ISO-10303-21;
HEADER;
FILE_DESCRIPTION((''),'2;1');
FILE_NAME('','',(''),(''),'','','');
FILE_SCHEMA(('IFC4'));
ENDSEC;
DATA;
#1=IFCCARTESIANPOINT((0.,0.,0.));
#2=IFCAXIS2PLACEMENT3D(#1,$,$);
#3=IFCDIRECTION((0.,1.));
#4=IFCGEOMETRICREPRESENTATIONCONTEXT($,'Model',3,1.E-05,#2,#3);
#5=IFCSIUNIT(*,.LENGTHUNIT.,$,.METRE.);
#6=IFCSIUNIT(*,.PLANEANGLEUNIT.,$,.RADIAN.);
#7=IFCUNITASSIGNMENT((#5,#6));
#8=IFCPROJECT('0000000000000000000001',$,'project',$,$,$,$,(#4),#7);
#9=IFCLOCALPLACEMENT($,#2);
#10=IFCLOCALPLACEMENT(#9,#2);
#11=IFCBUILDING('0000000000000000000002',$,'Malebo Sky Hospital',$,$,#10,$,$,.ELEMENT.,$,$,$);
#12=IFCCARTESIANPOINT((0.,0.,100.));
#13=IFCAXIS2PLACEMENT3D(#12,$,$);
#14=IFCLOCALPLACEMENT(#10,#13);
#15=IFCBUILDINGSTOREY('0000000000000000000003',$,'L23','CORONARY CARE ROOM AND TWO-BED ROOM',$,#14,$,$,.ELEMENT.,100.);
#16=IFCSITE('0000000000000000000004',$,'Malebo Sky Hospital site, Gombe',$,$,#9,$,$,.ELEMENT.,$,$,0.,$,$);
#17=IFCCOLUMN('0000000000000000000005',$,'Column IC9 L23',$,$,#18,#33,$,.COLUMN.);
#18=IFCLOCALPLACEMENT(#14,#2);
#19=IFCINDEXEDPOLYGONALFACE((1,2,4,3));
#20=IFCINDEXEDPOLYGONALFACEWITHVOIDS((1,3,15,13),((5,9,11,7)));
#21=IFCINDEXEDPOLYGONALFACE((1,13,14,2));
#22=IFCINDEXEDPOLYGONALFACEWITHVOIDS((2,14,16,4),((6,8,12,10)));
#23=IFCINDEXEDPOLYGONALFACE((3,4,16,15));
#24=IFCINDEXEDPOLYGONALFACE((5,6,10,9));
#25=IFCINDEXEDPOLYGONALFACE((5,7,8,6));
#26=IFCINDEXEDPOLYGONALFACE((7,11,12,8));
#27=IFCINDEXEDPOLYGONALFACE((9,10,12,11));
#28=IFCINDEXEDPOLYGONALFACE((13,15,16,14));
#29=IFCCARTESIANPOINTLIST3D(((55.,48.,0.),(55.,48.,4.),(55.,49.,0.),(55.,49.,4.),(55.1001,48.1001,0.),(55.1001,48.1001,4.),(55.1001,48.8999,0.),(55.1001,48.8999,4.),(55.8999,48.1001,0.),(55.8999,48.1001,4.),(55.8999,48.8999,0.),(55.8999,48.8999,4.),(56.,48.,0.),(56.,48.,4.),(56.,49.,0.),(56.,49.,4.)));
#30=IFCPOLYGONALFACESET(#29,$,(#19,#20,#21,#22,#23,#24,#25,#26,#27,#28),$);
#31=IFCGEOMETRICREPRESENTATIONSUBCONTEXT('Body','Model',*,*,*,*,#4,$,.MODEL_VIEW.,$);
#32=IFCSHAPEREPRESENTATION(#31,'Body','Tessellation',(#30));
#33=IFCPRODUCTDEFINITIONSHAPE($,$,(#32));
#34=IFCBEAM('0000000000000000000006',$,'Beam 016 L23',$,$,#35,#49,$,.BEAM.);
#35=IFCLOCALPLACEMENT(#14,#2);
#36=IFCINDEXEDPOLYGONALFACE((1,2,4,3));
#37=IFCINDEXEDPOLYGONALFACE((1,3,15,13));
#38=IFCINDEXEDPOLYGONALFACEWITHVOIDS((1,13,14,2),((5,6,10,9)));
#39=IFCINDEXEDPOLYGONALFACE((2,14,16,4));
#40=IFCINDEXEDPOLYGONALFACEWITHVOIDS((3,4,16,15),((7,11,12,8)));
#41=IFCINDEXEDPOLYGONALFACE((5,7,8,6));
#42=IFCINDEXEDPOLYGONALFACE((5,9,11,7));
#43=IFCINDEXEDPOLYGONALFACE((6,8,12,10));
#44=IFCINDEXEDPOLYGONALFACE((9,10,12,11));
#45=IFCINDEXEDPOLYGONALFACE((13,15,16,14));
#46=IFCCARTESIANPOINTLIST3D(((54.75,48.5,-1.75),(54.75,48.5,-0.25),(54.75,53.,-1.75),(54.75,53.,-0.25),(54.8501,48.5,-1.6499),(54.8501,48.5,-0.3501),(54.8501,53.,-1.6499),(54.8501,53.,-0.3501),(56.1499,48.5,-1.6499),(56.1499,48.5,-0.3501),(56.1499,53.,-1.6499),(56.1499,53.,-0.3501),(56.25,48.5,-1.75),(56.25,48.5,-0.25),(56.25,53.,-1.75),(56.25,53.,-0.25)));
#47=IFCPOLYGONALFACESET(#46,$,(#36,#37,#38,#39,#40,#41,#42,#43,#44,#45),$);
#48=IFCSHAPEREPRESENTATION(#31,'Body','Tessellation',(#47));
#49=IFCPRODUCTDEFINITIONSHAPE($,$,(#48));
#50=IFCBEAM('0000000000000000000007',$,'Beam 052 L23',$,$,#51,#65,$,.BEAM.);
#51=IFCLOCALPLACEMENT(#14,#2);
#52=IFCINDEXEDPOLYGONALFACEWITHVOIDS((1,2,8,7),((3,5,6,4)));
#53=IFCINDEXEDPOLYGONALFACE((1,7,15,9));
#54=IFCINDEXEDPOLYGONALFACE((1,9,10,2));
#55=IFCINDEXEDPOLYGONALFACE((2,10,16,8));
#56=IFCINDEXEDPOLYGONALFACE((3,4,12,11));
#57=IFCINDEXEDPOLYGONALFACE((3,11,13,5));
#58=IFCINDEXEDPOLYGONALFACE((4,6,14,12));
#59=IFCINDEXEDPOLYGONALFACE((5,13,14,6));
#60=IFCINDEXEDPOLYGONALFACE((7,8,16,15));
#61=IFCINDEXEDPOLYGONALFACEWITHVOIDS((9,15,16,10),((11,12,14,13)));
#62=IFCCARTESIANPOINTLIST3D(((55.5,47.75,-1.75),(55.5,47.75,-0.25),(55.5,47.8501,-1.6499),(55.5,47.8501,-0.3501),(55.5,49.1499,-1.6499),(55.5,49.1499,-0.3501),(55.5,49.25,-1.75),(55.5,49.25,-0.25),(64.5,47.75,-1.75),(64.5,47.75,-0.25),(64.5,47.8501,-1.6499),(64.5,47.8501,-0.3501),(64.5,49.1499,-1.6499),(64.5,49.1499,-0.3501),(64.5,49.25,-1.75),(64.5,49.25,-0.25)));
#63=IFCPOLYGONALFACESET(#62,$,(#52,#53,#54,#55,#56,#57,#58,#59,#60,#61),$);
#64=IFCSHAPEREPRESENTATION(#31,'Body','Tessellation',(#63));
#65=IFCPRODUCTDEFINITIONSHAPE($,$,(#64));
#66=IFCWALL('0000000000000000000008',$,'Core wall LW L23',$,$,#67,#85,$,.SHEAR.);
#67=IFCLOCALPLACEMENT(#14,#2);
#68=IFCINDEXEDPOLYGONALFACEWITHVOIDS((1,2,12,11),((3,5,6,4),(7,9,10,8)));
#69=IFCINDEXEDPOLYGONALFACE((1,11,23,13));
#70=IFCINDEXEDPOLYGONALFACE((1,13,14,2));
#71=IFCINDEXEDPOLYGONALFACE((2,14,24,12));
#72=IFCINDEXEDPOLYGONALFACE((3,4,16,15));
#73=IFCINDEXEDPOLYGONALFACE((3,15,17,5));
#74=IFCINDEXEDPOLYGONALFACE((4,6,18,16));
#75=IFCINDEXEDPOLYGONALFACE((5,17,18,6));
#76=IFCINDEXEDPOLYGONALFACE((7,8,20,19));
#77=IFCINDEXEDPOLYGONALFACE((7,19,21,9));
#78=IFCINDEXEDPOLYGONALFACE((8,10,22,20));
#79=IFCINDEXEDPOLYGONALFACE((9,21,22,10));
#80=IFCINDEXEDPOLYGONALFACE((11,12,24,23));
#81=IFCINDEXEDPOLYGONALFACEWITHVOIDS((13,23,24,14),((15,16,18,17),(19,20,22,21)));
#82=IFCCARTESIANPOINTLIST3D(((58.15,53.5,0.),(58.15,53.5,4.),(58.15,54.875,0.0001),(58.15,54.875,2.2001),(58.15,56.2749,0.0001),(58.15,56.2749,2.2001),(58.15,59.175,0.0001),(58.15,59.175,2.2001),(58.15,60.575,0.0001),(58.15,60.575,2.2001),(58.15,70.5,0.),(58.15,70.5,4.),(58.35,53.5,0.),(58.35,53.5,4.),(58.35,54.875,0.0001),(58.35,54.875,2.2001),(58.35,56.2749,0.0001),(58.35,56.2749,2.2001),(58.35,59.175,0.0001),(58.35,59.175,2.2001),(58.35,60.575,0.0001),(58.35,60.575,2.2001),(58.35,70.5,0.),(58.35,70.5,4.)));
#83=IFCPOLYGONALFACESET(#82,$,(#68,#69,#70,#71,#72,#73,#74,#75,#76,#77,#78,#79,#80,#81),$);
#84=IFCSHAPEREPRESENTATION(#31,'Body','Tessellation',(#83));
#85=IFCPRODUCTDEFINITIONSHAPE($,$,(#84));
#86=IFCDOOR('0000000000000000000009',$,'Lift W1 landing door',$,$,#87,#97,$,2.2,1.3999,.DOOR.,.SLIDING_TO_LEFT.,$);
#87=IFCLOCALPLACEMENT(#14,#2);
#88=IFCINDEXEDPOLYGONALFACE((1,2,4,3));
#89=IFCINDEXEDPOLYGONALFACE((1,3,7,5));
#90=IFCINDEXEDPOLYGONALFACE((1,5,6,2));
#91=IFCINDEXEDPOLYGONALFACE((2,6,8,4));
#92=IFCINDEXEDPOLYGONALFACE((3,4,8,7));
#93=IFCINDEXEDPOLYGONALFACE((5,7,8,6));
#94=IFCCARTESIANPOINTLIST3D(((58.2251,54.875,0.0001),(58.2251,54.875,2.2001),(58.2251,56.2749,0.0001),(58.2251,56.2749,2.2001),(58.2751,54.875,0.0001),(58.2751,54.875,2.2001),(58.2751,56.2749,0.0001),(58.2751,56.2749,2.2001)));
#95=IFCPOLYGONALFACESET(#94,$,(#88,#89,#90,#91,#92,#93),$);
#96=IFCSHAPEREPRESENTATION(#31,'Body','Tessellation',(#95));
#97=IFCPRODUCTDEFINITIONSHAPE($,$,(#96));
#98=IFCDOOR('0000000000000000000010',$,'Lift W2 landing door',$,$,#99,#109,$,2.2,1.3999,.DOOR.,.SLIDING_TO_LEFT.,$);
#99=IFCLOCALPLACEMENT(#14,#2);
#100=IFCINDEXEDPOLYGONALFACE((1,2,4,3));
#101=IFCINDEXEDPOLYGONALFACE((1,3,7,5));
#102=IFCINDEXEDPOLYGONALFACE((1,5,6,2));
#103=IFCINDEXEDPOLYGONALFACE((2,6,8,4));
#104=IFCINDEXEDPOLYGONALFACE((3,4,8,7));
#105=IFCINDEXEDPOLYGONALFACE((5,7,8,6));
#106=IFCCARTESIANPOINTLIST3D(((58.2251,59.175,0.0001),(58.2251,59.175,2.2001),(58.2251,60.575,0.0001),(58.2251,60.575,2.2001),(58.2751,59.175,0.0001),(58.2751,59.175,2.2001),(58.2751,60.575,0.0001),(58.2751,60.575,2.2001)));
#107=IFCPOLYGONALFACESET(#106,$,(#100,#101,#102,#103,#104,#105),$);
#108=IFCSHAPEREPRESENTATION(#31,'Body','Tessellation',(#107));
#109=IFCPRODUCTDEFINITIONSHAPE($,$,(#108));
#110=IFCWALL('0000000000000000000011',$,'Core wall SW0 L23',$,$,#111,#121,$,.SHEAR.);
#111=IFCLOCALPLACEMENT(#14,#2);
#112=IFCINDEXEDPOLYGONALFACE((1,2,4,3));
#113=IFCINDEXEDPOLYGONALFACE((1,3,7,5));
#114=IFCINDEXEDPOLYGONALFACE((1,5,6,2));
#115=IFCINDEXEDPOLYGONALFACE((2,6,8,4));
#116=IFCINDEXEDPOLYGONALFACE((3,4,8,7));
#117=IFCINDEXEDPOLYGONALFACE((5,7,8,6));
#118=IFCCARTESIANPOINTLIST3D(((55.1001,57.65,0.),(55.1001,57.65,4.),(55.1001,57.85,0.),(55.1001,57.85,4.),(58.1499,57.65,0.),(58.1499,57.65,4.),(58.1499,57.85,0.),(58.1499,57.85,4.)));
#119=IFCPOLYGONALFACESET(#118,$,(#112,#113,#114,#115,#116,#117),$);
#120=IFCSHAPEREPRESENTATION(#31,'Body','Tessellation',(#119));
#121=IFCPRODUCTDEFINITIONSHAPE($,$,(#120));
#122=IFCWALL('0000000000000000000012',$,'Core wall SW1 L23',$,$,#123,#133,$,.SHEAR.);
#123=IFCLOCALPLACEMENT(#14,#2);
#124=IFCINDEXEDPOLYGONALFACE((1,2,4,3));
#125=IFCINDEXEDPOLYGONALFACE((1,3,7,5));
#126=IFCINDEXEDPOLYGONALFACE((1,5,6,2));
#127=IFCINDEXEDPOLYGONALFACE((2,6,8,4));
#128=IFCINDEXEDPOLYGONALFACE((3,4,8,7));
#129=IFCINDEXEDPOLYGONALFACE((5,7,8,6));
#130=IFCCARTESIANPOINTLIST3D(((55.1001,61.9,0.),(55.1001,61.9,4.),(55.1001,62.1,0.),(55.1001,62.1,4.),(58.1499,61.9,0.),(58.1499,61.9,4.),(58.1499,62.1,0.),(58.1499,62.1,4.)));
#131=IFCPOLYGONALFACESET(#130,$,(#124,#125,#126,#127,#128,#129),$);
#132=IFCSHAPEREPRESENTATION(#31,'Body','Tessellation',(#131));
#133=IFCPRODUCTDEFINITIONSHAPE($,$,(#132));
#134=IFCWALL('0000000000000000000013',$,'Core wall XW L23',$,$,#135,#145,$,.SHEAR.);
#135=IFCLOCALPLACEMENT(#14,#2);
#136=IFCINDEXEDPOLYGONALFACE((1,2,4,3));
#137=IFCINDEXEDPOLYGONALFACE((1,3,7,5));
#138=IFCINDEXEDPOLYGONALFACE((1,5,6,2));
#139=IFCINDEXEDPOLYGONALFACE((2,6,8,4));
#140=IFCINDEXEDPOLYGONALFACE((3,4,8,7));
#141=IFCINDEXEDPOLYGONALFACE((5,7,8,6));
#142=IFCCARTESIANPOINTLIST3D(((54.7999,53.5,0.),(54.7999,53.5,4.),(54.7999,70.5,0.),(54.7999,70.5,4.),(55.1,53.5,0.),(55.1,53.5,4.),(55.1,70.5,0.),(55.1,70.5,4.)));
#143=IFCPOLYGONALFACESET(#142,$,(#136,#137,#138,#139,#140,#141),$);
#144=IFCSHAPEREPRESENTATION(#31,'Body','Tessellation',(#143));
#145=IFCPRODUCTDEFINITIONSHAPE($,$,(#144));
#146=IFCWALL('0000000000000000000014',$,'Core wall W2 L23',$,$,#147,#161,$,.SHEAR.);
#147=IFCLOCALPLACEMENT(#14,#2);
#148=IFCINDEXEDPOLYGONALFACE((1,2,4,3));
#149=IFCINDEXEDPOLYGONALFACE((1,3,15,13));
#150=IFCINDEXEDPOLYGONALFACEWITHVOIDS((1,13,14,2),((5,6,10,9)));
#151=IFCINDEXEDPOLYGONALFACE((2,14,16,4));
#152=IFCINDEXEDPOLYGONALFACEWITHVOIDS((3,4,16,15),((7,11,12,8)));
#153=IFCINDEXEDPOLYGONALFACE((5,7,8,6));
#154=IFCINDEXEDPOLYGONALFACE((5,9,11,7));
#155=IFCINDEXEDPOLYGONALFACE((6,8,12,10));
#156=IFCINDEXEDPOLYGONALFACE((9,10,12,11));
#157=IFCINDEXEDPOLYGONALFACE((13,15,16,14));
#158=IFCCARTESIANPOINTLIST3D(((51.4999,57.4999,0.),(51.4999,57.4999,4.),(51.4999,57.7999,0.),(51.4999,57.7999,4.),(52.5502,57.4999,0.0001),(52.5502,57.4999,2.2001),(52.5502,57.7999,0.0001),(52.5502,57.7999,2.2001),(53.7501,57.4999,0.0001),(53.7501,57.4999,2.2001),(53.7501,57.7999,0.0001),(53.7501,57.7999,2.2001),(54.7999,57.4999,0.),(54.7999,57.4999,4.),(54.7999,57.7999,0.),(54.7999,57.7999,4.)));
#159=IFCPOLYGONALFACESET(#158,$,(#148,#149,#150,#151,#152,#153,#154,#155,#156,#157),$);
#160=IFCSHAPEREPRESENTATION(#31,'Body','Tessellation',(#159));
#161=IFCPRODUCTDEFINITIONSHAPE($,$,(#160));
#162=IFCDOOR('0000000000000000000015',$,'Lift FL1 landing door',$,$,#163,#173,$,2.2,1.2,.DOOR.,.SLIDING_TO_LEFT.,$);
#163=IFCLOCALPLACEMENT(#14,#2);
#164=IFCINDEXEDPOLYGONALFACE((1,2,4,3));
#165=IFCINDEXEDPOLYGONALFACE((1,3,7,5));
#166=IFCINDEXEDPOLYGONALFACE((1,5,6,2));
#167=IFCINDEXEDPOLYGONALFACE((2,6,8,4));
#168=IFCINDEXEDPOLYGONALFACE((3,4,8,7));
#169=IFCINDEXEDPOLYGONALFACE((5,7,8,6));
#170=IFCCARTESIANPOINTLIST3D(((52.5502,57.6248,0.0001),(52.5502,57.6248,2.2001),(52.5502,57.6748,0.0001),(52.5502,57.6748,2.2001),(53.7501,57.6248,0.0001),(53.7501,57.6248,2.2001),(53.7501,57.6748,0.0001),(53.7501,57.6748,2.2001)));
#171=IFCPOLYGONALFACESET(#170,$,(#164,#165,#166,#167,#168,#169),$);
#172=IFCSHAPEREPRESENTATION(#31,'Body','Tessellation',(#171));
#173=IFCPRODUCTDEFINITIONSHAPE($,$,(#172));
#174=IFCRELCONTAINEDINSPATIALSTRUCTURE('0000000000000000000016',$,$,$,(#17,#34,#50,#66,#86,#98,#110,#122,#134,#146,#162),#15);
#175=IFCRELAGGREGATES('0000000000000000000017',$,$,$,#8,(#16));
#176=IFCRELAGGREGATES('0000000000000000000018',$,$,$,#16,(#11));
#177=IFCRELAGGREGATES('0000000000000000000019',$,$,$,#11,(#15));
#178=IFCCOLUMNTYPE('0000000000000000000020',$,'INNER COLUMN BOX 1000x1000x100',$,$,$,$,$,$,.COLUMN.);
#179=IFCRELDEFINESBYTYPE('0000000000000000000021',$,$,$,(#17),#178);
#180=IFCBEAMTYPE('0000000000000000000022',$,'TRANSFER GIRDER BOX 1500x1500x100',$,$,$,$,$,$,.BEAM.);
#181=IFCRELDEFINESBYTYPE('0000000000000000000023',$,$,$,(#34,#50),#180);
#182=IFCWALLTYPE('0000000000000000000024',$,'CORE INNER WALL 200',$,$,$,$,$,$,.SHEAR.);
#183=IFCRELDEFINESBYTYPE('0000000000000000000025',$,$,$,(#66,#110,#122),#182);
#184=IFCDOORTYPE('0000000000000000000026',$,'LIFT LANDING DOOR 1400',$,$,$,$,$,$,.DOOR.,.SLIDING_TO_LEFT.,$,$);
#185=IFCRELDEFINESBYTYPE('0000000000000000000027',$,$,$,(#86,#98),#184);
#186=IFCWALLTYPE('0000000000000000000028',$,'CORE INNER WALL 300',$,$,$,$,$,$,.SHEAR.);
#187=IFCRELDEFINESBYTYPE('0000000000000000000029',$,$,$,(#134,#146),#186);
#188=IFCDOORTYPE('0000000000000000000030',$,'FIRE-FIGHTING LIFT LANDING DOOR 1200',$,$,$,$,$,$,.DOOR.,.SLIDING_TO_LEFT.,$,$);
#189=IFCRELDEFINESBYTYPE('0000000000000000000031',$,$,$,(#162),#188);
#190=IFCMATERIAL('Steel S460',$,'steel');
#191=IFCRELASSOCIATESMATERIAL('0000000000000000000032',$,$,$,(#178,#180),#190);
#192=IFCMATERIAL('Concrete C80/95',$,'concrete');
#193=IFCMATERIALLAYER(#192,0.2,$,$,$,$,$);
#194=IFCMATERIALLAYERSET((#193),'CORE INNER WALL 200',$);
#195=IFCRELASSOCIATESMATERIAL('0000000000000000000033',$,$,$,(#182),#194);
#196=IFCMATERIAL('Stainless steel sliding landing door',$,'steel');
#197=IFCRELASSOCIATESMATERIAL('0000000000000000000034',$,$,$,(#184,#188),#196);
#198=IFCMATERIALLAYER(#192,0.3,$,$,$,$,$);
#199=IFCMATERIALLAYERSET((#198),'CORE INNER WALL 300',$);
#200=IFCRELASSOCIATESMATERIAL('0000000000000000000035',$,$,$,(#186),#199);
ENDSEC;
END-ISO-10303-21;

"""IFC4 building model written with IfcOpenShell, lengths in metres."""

from ifc_helpers import new_model, si_unit, direction, frame, frame_2d, origin, origin_2d, place, context, subcontext, project, spatial, rectangle, hollow_rectangle, extrude, material, layer, layer_set, material_profile, profile_set, type_object, element, fill, save


model = new_model("IFC4")

# Units and contexts
model_context = context("Model", 3, precision=1e-05, world=origin(), true_north=direction((0.0, 1.0)))
body_context = subcontext(model_context, "Body", "Model", "MODEL_VIEW")
ifc_project = project(units=[si_unit("LENGTHUNIT", "METRE"), si_unit("PLANEANGLEUNIT", "RADIAN")], contexts=[model_context])

# Site, building, storey
site_placement = place(None, origin())
site = spatial("IfcSite", under=ifc_project, at=site_placement, Name="Malebo Sky Hospital site, Gombe", CompositionType="ELEMENT", RefElevation=0.0)
building_placement = place(site_placement, origin())
building = spatial("IfcBuilding", under=site, at=building_placement, Name="Malebo Sky Hospital", CompositionType="ELEMENT")
storey_placement = place(building_placement, frame((0.0, 0.0, 100.0)))
storey = spatial("IfcBuildingStorey", under=building, at=storey_placement, Name="L23", Description="CORONARY CARE ROOM AND TWO-BED ROOM", CompositionType="ELEMENT", Elevation=100.0)

# Column
ifc_material_1 = material(Name="Steel S460", Category="steel")
ifc_material_profile_1 = material_profile(ifc_material_1, hollow_rectangle(XDim=1.0, YDim=1.0, WallThickness=0.1001, at=origin_2d()), Name="BOX 1000x1000x100")
ifc_profile_set_1 = profile_set([ifc_material_profile_1], Name="Steel S460")
column_type = type_object("IfcColumnType", Name="INNER COLUMN BOX 1000x1000x100", PredefinedType="COLUMN", material=ifc_profile_set_1)
column_placement = place(storey_placement, frame((55.5, 48.5, 0.0), z_axis=(0.0, 0.0, 1.0), x_axis=(1.0, 0.0, 0.0)))
element("IfcColumn", 1, at=column_placement, inside=storey, type_object=column_type, Name="Column IC9 L23", PredefinedType="COLUMN", context=body_context, shape_type="SweptSolid", body=[
    extrude(hollow_rectangle(XDim=1.0, YDim=1.0, WallThickness=0.1001, at=origin_2d()), origin(), (0.0, 0.0, 1.0), 4.0),
])

# Beams
ifc_material_profile_2 = material_profile(ifc_material_1, hollow_rectangle(XDim=1.5, YDim=1.5, WallThickness=0.1001, at=origin_2d()), Name="BOX 1500x1500x100")
ifc_profile_set_2 = profile_set([ifc_material_profile_2], Name="Steel S460")
beam_type = type_object("IfcBeamType", Name="TRANSFER GIRDER BOX 1500x1500x100", PredefinedType="BEAM", material=ifc_profile_set_2)
beam_1_placement = place(storey_placement, frame((55.5, 48.5, -1.0), z_axis=(0.0, 1.0, 0.0), x_axis=(-1.0, 0.0, 0.0)))
element("IfcBeam", 2, at=beam_1_placement, inside=storey, type_object=beam_type, Name="Beam 016 L23", PredefinedType="BEAM", context=body_context, shape_type="SweptSolid", body=[
    extrude(hollow_rectangle(XDim=1.5, YDim=1.5, WallThickness=0.1001, at=origin_2d()), origin(), (0.0, 0.0, 1.0), 4.5),
])
beam_2_placement = place(storey_placement, frame((55.5, 48.5, -1.0), z_axis=(1.0, 0.0, 0.0), x_axis=(0.0, 1.0, 0.0)))
element("IfcBeam", 3, at=beam_2_placement, inside=storey, type_object=beam_type, Name="Beam 052 L23", PredefinedType="BEAM", context=body_context, shape_type="SweptSolid", body=[
    extrude(hollow_rectangle(XDim=1.5, YDim=1.5, WallThickness=0.1001, at=origin_2d()), origin(), (0.0, 0.0, 1.0), 9.0),
])

# Wall, openings, doors
ifc_material_2 = material(Name="Concrete C80/95", Category="concrete")
ifc_layer_1 = layer(ifc_material_2, 0.2)
ifc_layer_set_1 = layer_set([ifc_layer_1], Name="CORE INNER WALL 200")
wall_type_1 = type_object("IfcWallType", Name="CORE INNER WALL 200", PredefinedType="SHEAR", material=ifc_layer_set_1)
wall_1_placement = place(storey_placement, frame((58.25, 53.5, 0.0), z_axis=(0.0, 0.0, 1.0), x_axis=(0.0, 1.0, 0.0)))
wall_1 = element("IfcWall", 4, at=wall_1_placement, inside=storey, type_object=wall_type_1, Name="Core wall LW L23", PredefinedType="SHEAR", context=body_context, shape_type="SweptSolid", body=[
    extrude(rectangle(XDim=17.0, YDim=0.2, at=frame_2d((8.5, 0.0))), origin(), (0.0, 0.0, 1.0), 4.0),
])
opening_1_placement = place(wall_1_placement, frame((1.375, 0.0, 0.0)))
opening_1 = element("IfcOpeningElement", 5, at=opening_1_placement, cuts=wall_1, PredefinedType="OPENING", context=body_context, shape_type="SweptSolid", body=[
    extrude(rectangle(XDim=1.3999, YDim=2.2, at=frame_2d((0.7, 1.1001))), frame((0.0, 0.1099, 0.0), z_axis=(0.0, -1.0, 0.0), x_axis=(1.0, 0.0, 0.0)), (0.0, 0.0, 1.0), 0.22),
])
opening_2_placement = place(wall_1_placement, frame((5.675, 0.0, 0.0)))
opening_2 = element("IfcOpeningElement", 6, at=opening_2_placement, cuts=wall_1, PredefinedType="OPENING", context=body_context, shape_type="SweptSolid", body=[
    extrude(rectangle(XDim=1.3999, YDim=2.2, at=frame_2d((0.7, 1.1001))), frame((0.0, 0.1099, 0.0), z_axis=(0.0, -1.0, 0.0), x_axis=(1.0, 0.0, 0.0)), (0.0, 0.0, 1.0), 0.22),
])
ifc_material_3 = material(Name="Stainless steel sliding landing door", Category="steel")
door_type_1 = type_object("IfcDoorType", Name="LIFT LANDING DOOR 1400", OperationType="SLIDING_TO_LEFT", PredefinedType="DOOR", material=ifc_material_3)
door_1_placement = place(opening_1_placement, origin())
door_1 = element("IfcDoor", 7, at=door_1_placement, inside=storey, type_object=door_type_1, Name="Lift W1 landing door", OperationType="SLIDING_TO_LEFT", OverallHeight=2.2, OverallWidth=1.3999, PredefinedType="DOOR", context=body_context, shape_type="SweptSolid", body=[
    extrude(rectangle(XDim=1.3999, YDim=2.2, at=frame_2d((0.7, 1.1001))), frame((0.0, 0.0249, 0.0), z_axis=(0.0, -1.0, 0.0), x_axis=(1.0, 0.0, 0.0)), (0.0, 0.0, 1.0), 0.05),
])
fill(opening_1, door_1)
door_2_placement = place(opening_2_placement, origin())
door_2 = element("IfcDoor", 8, at=door_2_placement, inside=storey, type_object=door_type_1, Name="Lift W2 landing door", OperationType="SLIDING_TO_LEFT", OverallHeight=2.2, OverallWidth=1.3999, PredefinedType="DOOR", context=body_context, shape_type="SweptSolid", body=[
    extrude(rectangle(XDim=1.3999, YDim=2.2, at=frame_2d((0.7, 1.1001))), frame((0.0, 0.0249, 0.0), z_axis=(0.0, -1.0, 0.0), x_axis=(1.0, 0.0, 0.0)), (0.0, 0.0, 1.0), 0.05),
])
fill(opening_2, door_2)

# Walls
for number, where, z_axis, x_axis, name in (
    (9, (55.1001, 57.75, 0.0), (0.0, 0.0, 1.0), (1.0, 0.0, 0.0), "Core wall SW0 L23"),
    (10, (55.1001, 62.0, 0.0), (0.0, 0.0, 1.0), (1.0, 0.0, 0.0), "Core wall SW1 L23"),
):
    element("IfcWall", number, at=place(storey_placement, frame(where, z_axis=z_axis, x_axis=x_axis)), inside=storey, type_object=wall_type_1, Name=name, PredefinedType="SHEAR", context=body_context, shape_type="SweptSolid", body=[
        extrude(rectangle(XDim=3.0498, YDim=0.2, at=frame_2d((1.5249, 0.0))), origin(), (0.0, 0.0, 1.0), 4.0),
    ])
ifc_layer_2 = layer(ifc_material_2, 0.3)
ifc_layer_set_2 = layer_set([ifc_layer_2], Name="CORE INNER WALL 300")
wall_type_2 = type_object("IfcWallType", Name="CORE INNER WALL 300", PredefinedType="SHEAR", material=ifc_layer_set_2)
wall_2_placement = place(storey_placement, frame((54.95, 53.5, 0.0), z_axis=(0.0, 0.0, 1.0), x_axis=(0.0, 1.0, 0.0)))
element("IfcWall", 11, at=wall_2_placement, inside=storey, type_object=wall_type_2, Name="Core wall XW L23", PredefinedType="SHEAR", context=body_context, shape_type="SweptSolid", body=[
    extrude(rectangle(XDim=17.0, YDim=0.3, at=frame_2d((8.5, 0.0))), origin(), (0.0, 0.0, 1.0), 4.0),
])

# Wall, opening, door
wall_3_placement = place(storey_placement, frame((51.5, 57.6499, 0.0), z_axis=(0.0, 0.0, 1.0), x_axis=(1.0, 0.0, 0.0)))
wall_3 = element("IfcWall", 12, at=wall_3_placement, inside=storey, type_object=wall_type_2, Name="Core wall W2 L23", PredefinedType="SHEAR", context=body_context, shape_type="SweptSolid", body=[
    extrude(rectangle(XDim=3.3, YDim=0.3, at=frame_2d((1.6499, 0.0))), origin(), (0.0, 0.0, 1.0), 4.0),
])
opening_3_placement = place(wall_3_placement, frame((1.05, 0.0, 0.0)))
opening_3 = element("IfcOpeningElement", 13, at=opening_3_placement, cuts=wall_3, PredefinedType="OPENING", context=body_context, shape_type="SweptSolid", body=[
    extrude(rectangle(XDim=1.2, YDim=2.2, at=frame_2d((0.6001, 1.1001))), frame((0.0, 0.1599, 0.0), z_axis=(0.0, -1.0, 0.0), x_axis=(1.0, 0.0, 0.0)), (0.0, 0.0, 1.0), 0.3201),
])
door_type_2 = type_object("IfcDoorType", Name="FIRE-FIGHTING LIFT LANDING DOOR 1200", OperationType="SLIDING_TO_LEFT", PredefinedType="DOOR", material=ifc_material_3)
door_3_placement = place(opening_3_placement, origin())
door_3 = element("IfcDoor", 14, at=door_3_placement, inside=storey, type_object=door_type_2, Name="Lift FL1 landing door", OperationType="SLIDING_TO_LEFT", OverallHeight=2.2, OverallWidth=1.2, PredefinedType="DOOR", context=body_context, shape_type="SweptSolid", body=[
    extrude(rectangle(XDim=1.2, YDim=2.2, at=frame_2d((0.6001, 1.1001))), frame((0.0, 0.0249, 0.0), z_axis=(0.0, -1.0, 0.0), x_axis=(1.0, 0.0, 0.0)), (0.0, 0.0, 1.0), 0.05),
])
fill(opening_3, door_3)

save(model, "model.ifc")
